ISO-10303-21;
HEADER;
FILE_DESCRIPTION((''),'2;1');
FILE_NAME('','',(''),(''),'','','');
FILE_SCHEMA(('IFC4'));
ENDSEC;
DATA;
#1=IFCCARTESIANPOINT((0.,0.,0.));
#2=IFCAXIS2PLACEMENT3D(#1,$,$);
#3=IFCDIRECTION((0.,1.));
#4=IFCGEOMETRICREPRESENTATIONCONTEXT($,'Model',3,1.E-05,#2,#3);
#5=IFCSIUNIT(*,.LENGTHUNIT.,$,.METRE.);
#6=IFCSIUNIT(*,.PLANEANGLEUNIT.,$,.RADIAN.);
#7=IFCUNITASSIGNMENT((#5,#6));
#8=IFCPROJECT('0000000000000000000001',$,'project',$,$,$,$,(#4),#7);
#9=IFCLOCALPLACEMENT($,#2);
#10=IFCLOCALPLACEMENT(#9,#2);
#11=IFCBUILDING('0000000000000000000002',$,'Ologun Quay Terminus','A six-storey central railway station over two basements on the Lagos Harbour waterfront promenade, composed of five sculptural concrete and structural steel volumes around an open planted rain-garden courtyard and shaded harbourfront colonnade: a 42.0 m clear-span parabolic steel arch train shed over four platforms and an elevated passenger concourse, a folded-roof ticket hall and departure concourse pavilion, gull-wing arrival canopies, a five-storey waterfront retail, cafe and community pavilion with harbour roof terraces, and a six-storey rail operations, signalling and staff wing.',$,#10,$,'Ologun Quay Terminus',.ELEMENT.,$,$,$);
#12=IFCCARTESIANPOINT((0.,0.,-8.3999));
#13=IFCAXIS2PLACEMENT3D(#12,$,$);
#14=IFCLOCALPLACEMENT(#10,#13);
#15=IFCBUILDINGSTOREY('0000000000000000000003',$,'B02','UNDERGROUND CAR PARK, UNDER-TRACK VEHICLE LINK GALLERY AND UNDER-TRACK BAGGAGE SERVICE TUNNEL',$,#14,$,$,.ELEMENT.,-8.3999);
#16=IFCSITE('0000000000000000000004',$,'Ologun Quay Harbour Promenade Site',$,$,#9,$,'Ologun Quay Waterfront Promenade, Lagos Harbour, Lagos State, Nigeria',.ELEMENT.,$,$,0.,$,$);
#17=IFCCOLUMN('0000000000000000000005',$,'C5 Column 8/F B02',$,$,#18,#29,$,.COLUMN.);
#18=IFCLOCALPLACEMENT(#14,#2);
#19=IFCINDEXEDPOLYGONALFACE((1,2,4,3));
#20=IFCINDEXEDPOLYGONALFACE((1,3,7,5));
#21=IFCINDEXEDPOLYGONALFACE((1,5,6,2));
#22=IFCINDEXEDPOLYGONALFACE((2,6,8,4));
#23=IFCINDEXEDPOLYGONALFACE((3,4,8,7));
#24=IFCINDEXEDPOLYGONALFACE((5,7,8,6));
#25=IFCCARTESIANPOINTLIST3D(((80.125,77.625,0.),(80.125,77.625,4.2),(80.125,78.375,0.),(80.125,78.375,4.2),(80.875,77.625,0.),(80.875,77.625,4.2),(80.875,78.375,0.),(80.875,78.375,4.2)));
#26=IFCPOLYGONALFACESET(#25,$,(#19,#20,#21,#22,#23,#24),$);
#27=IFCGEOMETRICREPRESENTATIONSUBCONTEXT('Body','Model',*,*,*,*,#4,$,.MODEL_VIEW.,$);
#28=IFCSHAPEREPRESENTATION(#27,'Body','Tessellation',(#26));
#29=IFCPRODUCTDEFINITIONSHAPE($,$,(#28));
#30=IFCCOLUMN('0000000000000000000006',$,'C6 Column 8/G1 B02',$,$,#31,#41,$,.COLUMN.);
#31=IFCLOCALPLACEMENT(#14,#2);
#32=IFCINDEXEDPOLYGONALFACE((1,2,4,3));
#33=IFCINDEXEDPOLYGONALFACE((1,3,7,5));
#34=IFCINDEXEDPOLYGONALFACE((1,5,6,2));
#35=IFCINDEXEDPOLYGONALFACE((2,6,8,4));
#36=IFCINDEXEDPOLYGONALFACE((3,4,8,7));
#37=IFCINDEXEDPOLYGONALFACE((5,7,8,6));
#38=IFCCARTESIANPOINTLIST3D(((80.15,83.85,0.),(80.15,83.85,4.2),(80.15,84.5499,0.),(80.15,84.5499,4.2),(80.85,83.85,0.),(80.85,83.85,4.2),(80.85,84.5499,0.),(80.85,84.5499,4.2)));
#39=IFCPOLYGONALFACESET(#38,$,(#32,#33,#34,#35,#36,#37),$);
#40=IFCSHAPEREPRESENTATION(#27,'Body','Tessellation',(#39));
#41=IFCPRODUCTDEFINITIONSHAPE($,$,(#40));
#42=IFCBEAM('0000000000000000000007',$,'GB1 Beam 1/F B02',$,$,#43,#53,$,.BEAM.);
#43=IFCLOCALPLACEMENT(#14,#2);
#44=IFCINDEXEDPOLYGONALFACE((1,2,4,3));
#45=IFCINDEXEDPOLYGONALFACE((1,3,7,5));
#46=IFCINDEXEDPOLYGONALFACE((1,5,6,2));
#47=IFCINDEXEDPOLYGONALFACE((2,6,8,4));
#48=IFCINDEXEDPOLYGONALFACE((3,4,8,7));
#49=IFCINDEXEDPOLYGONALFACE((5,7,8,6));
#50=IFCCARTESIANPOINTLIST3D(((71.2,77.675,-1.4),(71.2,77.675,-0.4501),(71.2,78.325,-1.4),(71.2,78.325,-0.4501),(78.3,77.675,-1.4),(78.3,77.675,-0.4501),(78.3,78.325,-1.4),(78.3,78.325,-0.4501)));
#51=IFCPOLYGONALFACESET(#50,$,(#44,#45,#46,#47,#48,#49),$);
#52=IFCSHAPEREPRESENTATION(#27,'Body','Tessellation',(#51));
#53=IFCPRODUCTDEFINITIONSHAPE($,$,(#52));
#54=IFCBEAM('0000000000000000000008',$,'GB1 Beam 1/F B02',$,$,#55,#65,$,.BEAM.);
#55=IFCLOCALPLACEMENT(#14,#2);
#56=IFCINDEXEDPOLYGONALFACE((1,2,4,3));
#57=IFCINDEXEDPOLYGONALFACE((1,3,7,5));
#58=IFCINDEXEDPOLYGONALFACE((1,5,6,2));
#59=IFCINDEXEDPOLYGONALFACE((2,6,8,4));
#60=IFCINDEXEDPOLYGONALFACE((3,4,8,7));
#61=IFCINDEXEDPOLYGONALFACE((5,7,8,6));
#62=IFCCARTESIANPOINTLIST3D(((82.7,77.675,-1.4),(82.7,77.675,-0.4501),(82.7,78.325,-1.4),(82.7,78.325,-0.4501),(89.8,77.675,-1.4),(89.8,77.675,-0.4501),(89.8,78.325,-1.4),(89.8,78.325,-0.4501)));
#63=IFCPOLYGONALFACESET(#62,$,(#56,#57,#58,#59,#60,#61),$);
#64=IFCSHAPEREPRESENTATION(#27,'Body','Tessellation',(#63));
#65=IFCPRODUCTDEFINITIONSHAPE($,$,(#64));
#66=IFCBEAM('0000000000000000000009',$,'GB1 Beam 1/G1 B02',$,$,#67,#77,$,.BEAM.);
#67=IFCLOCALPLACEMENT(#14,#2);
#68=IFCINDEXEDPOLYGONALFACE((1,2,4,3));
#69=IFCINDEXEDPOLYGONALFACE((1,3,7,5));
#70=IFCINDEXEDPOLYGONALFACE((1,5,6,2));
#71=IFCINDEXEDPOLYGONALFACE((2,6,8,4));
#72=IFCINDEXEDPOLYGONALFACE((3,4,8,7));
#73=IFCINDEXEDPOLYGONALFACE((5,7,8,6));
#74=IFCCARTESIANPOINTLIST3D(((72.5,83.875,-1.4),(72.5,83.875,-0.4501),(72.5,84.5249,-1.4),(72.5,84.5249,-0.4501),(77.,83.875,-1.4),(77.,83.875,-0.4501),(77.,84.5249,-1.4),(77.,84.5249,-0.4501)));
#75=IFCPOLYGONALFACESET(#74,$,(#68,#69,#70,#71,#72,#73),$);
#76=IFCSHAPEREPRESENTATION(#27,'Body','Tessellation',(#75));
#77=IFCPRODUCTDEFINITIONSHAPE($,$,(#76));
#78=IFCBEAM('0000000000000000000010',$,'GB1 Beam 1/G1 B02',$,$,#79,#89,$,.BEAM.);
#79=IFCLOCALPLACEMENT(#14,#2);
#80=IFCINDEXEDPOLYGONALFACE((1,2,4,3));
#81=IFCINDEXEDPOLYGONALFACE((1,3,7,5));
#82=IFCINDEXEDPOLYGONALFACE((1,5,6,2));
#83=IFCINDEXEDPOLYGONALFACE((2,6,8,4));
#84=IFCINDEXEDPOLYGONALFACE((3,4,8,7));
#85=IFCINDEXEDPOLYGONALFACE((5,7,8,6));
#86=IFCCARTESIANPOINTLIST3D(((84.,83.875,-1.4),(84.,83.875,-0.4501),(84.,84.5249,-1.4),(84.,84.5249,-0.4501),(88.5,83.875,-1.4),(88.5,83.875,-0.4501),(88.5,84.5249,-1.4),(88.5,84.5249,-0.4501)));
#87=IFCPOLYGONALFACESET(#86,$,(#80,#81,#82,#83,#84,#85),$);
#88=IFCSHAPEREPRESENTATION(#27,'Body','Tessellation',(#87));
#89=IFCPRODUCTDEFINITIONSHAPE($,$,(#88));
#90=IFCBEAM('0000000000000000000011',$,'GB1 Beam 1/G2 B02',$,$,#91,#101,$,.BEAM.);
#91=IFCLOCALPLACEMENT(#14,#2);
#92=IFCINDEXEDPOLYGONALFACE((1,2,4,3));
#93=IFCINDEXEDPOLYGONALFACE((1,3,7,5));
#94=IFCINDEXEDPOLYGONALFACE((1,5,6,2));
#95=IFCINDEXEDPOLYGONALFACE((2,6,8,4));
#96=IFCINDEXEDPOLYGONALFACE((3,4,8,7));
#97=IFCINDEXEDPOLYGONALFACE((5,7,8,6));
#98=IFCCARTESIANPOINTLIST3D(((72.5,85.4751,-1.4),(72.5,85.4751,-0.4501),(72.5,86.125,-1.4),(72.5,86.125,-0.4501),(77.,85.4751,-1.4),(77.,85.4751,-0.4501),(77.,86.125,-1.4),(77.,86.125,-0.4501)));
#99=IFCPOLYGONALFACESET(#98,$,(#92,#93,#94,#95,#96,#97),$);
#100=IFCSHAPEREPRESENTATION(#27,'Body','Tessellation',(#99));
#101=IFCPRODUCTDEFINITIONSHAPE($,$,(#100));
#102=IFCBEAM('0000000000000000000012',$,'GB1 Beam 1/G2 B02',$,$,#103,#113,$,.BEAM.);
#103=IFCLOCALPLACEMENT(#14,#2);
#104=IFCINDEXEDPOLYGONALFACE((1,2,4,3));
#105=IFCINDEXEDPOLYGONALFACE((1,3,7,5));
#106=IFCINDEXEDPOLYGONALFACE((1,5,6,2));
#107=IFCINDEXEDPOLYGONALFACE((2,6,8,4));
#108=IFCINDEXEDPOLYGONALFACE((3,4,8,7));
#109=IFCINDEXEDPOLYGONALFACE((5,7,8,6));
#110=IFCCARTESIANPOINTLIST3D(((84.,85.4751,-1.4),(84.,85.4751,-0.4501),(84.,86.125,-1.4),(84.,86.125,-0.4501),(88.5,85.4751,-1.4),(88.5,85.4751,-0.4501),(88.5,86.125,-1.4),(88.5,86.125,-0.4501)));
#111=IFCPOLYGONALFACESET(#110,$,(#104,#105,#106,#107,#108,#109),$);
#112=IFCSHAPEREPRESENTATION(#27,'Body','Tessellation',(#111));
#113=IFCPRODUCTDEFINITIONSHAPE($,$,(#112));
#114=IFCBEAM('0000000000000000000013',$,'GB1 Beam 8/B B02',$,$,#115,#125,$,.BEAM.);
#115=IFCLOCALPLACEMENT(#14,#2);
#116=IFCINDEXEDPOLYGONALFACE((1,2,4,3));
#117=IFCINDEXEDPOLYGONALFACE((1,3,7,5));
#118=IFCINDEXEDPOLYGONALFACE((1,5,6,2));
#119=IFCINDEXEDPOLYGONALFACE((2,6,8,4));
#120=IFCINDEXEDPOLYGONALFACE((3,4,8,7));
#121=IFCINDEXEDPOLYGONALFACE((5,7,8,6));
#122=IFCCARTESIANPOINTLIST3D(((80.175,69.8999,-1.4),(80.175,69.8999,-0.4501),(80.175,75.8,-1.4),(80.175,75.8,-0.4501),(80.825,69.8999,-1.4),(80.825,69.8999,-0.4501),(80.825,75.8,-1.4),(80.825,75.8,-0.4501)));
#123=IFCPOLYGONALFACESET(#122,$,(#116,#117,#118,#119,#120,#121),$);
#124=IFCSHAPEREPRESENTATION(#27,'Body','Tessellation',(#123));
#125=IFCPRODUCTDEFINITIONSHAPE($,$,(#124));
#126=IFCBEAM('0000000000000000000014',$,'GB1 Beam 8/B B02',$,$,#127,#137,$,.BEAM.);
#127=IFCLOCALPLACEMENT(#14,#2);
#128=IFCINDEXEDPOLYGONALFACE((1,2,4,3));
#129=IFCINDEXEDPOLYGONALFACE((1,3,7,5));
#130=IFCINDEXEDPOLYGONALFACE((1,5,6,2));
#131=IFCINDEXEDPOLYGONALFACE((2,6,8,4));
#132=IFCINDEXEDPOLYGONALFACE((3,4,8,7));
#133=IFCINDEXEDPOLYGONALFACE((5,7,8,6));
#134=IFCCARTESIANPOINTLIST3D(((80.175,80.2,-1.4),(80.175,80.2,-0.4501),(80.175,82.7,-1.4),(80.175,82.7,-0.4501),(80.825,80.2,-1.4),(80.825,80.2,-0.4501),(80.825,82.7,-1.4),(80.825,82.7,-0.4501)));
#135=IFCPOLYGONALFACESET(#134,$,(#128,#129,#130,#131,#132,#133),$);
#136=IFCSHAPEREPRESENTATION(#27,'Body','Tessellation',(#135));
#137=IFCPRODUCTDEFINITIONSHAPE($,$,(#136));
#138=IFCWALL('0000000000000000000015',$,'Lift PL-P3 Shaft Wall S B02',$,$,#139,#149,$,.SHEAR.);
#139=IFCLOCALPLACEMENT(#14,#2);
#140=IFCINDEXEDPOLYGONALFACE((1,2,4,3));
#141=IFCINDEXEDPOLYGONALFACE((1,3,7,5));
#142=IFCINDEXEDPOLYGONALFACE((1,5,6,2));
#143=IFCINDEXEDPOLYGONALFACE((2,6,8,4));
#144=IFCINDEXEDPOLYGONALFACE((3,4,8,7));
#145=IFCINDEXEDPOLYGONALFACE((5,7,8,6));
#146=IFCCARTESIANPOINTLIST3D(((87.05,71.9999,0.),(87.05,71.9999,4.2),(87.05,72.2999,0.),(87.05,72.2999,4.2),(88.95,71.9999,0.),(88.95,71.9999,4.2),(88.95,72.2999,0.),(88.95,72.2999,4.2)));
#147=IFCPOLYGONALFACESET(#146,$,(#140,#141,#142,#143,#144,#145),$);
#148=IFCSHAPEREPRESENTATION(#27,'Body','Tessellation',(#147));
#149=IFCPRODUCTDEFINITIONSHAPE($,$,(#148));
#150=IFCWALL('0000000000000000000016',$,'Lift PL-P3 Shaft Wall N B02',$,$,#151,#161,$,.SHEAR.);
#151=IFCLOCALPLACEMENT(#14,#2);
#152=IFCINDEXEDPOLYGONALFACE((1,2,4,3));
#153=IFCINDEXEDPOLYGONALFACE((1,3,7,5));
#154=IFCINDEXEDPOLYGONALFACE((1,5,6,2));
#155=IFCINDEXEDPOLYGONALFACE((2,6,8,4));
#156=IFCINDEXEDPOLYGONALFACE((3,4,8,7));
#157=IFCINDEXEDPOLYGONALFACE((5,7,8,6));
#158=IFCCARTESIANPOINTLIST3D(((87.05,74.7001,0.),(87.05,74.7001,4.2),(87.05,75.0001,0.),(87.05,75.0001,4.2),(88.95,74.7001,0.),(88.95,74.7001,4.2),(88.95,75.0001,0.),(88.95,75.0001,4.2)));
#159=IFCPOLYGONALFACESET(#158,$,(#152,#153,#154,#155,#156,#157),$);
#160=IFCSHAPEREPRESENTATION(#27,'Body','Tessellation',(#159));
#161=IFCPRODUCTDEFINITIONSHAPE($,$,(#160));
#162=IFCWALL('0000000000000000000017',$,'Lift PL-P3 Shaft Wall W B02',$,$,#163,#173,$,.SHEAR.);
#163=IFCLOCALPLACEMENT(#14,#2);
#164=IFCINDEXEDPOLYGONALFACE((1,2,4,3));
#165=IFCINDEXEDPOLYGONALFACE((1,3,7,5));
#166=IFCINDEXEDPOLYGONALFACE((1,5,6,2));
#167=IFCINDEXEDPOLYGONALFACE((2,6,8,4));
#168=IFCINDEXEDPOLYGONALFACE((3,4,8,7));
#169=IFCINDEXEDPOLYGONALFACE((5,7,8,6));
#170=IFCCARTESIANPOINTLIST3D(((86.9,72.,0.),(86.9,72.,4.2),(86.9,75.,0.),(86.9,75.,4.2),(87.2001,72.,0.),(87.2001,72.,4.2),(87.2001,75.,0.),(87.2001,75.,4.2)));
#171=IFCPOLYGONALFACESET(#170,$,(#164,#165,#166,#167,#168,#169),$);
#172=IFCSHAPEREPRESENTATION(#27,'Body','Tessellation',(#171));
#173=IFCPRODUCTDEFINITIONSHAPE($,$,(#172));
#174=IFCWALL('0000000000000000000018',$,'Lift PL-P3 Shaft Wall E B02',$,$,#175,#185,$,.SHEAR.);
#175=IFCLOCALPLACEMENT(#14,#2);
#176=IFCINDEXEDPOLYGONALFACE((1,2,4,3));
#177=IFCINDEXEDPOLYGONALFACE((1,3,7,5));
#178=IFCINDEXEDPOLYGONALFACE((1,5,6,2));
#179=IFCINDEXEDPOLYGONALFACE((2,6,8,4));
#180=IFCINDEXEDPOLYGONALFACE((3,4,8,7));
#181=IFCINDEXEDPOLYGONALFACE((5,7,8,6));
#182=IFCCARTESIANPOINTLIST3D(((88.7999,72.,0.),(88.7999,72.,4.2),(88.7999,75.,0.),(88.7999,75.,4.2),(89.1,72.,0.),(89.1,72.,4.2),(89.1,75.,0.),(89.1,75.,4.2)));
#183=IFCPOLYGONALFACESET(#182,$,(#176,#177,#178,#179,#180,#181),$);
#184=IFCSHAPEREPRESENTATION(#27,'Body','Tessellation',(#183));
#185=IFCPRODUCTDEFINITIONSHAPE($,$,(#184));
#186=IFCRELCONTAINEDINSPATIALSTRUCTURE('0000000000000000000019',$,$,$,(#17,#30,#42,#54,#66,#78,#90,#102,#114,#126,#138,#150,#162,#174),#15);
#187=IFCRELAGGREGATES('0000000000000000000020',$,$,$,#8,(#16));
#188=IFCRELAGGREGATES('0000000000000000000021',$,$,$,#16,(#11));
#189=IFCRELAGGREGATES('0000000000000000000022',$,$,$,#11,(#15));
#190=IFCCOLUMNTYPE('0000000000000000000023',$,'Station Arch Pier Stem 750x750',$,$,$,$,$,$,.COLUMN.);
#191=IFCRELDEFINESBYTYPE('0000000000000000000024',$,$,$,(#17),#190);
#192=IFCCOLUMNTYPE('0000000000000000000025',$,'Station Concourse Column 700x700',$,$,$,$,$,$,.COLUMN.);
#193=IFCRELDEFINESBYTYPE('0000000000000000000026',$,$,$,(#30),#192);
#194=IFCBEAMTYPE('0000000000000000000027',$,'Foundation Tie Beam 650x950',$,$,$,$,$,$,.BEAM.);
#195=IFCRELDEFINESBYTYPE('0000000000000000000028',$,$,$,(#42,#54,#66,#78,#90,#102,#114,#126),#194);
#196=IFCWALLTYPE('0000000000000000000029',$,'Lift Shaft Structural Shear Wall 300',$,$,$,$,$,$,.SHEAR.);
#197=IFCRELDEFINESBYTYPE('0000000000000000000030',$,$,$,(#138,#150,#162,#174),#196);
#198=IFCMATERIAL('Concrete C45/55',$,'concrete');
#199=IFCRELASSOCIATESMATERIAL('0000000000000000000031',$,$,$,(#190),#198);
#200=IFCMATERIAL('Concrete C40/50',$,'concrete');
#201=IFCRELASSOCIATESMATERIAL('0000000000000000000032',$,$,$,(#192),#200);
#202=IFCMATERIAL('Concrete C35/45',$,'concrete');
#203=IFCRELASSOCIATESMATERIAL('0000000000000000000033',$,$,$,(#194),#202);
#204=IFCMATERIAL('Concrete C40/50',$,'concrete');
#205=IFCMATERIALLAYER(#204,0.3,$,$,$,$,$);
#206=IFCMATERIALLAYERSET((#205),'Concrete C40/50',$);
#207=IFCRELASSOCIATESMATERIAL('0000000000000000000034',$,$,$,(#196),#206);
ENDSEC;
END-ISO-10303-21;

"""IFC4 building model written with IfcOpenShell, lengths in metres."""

from ifc_helpers import new_model, si_unit, direction, frame, frame_2d, origin, origin_2d, place, context, subcontext, project, spatial, rectangle, extrude, material, layer, layer_set, material_profile, profile_set, type_object, element, save


model = new_model("IFC4")

# Units and contexts
model_context = context("Model", 3, precision=1e-05, world=origin(), true_north=direction((0.0, 1.0)))
body_context = subcontext(model_context, "Body", "Model", "MODEL_VIEW")
ifc_project = project(units=[si_unit("LENGTHUNIT", "METRE"), si_unit("PLANEANGLEUNIT", "RADIAN")], contexts=[model_context])

# Site, building, storey
site_placement = place(None, origin())
site = spatial("IfcSite", under=ifc_project, at=site_placement, Name="Ologun Quay Harbour Promenade Site", LongName="Ologun Quay Waterfront Promenade, Lagos Harbour, Lagos State, Nigeria", CompositionType="ELEMENT", RefElevation=0.0)
building_placement = place(site_placement, origin())
building = spatial("IfcBuilding", under=site, at=building_placement, Name="Ologun Quay Terminus", Description="A six-storey central railway station over two basements on the Lagos Harbour waterfront promenade, composed of five sculptural concrete and structural steel volumes around an open planted rain-garden courtyard and shaded harbourfront colonnade: a 42.0 m clear-span parabolic steel arch train shed over four platforms and an elevated passenger concourse, a folded-roof ticket hall and departure concourse pavilion, gull-wing arrival canopies, a five-storey waterfront retail, cafe and community pavilion with harbour roof terraces, and a six-storey rail operations, signalling and staff wing.", LongName="Ologun Quay Terminus", CompositionType="ELEMENT")
storey_placement = place(building_placement, frame((0.0, 0.0, -8.3999)))
storey = spatial("IfcBuildingStorey", under=building, at=storey_placement, Name="B02", Description="UNDERGROUND CAR PARK, UNDER-TRACK VEHICLE LINK GALLERY AND UNDER-TRACK BAGGAGE SERVICE TUNNEL", CompositionType="ELEMENT", Elevation=-8.3999)

# Columns
ifc_material_1 = material(Name="Concrete C45/55", Category="concrete")
ifc_material_profile_1 = material_profile(ifc_material_1, rectangle(XDim=0.75, YDim=0.75, at=origin_2d()), Name="RC 750x750")
ifc_profile_set_1 = profile_set([ifc_material_profile_1], Name="Concrete C45/55")
column_type_1 = type_object("IfcColumnType", Name="Station Arch Pier Stem 750x750", PredefinedType="COLUMN", material=ifc_profile_set_1)
column_1_placement = place(storey_placement, frame((80.5, 78.0, 0.0), z_axis=(0.0, 0.0, 1.0), x_axis=(1.0, 0.0, 0.0)))
element("IfcColumn", 1, at=column_1_placement, inside=storey, type_object=column_type_1, Name="C5 Column 8/F B02", PredefinedType="COLUMN", context=body_context, shape_type="SweptSolid", body=[
    extrude(rectangle(XDim=0.75, YDim=0.75, at=origin_2d()), origin(), (0.0, 0.0, 1.0), 4.2),
])
ifc_material_2 = material(Name="Concrete C40/50", Category="concrete")
ifc_material_profile_2 = material_profile(ifc_material_2, rectangle(XDim=0.7, YDim=0.7, at=origin_2d()), Name="RC 700x700")
ifc_profile_set_2 = profile_set([ifc_material_profile_2], Name="Concrete C40/50")
column_type_2 = type_object("IfcColumnType", Name="Station Concourse Column 700x700", PredefinedType="COLUMN", material=ifc_profile_set_2)
column_2_placement = place(storey_placement, frame((80.5, 84.2, 0.0), z_axis=(0.0, 0.0, 1.0), x_axis=(1.0, 0.0, 0.0)))
element("IfcColumn", 2, at=column_2_placement, inside=storey, type_object=column_type_2, Name="C6 Column 8/G1 B02", PredefinedType="COLUMN", context=body_context, shape_type="SweptSolid", body=[
    extrude(rectangle(XDim=0.7, YDim=0.7, at=origin_2d()), origin(), (0.0, 0.0, 1.0), 4.2),
])

# Beams
ifc_material_3 = material(Name="Concrete C35/45", Category="concrete")
ifc_material_profile_3 = material_profile(ifc_material_3, rectangle(XDim=0.6499, YDim=0.95, at=origin_2d()), Name="RC 650x950")
ifc_profile_set_3 = profile_set([ifc_material_profile_3], Name="Concrete C35/45")
beam_type = type_object("IfcBeamType", Name="Foundation Tie Beam 650x950", PredefinedType="BEAM", material=ifc_profile_set_3)
for number, where, z_axis, x_axis, name in (
    (3, (71.2, 78.0, -0.925), (1.0, 0.0, 0.0), (0.0, 1.0, 0.0), "GB1 Beam 1/F B02"),
    (4, (82.7, 78.0, -0.925), (1.0, 0.0, 0.0), (0.0, 1.0, 0.0), "GB1 Beam 1/F B02"),
):
    element("IfcBeam", number, at=place(storey_placement, frame(where, z_axis=z_axis, x_axis=x_axis)), inside=storey, type_object=beam_type, Name=name, PredefinedType="BEAM", context=body_context, shape_type="SweptSolid", body=[
        extrude(rectangle(XDim=0.6499, YDim=0.95, at=origin_2d()), origin(), (0.0, 0.0, 1.0), 7.1001),
    ])
for number, where, z_axis, x_axis, name in (
    (5, (72.5, 84.2, -0.925), (1.0, 0.0, 0.0), (0.0, 1.0, 0.0), "GB1 Beam 1/G1 B02"),
    (6, (84.0, 84.2, -0.925), (1.0, 0.0, 0.0), (0.0, 1.0, 0.0), "GB1 Beam 1/G1 B02"),
    (7, (72.5, 85.8, -0.925), (1.0, 0.0, 0.0), (0.0, 1.0, 0.0), "GB1 Beam 1/G2 B02"),
    (8, (84.0, 85.8, -0.925), (1.0, 0.0, 0.0), (0.0, 1.0, 0.0), "GB1 Beam 1/G2 B02"),
):
    element("IfcBeam", number, at=place(storey_placement, frame(where, z_axis=z_axis, x_axis=x_axis)), inside=storey, type_object=beam_type, Name=name, PredefinedType="BEAM", context=body_context, shape_type="SweptSolid", body=[
        extrude(rectangle(XDim=0.6499, YDim=0.95, at=origin_2d()), origin(), (0.0, 0.0, 1.0), 4.5),
    ])
beam_1_placement = place(storey_placement, frame((80.5, 69.8999, -0.925), z_axis=(0.0, 1.0, 0.0), x_axis=(-1.0, 0.0, 0.0)))
element("IfcBeam", 9, at=beam_1_placement, inside=storey, type_object=beam_type, Name="GB1 Beam 8/B B02", PredefinedType="BEAM", context=body_context, shape_type="SweptSolid", body=[
    extrude(rectangle(XDim=0.6499, YDim=0.95, at=origin_2d()), origin(), (0.0, 0.0, 1.0), 5.9001),
])
beam_2_placement = place(storey_placement, frame((80.5, 80.2, -0.925), z_axis=(0.0, 1.0, 0.0), x_axis=(-1.0, 0.0, 0.0)))
element("IfcBeam", 10, at=beam_2_placement, inside=storey, type_object=beam_type, Name="GB1 Beam 8/B B02", PredefinedType="BEAM", context=body_context, shape_type="SweptSolid", body=[
    extrude(rectangle(XDim=0.6499, YDim=0.95, at=origin_2d()), origin(), (0.0, 0.0, 1.0), 2.5),
])

# Walls
ifc_material_4 = material(Name="Concrete C40/50", Category="concrete")
ifc_layer = layer(ifc_material_4, 0.3)
ifc_layer_set = layer_set([ifc_layer], Name="Concrete C40/50")
wall_type = type_object("IfcWallType", Name="Lift Shaft Structural Shear Wall 300", PredefinedType="SHEAR", material=ifc_layer_set)
for number, where, z_axis, x_axis, name in (
    (11, (87.05, 72.1499, 0.0), (0.0, 0.0, 1.0), (1.0, 0.0, 0.0), "Lift PL-P3 Shaft Wall S B02"),
    (12, (87.05, 74.8501, 0.0), (0.0, 0.0, 1.0), (1.0, 0.0, 0.0), "Lift PL-P3 Shaft Wall N B02"),
):
    element("IfcWall", number, at=place(storey_placement, frame(where, z_axis=z_axis, x_axis=x_axis)), inside=storey, type_object=wall_type, Name=name, PredefinedType="SHEAR", context=body_context, shape_type="SweptSolid", body=[
        extrude(rectangle(XDim=1.8999, YDim=0.3, at=frame_2d((0.95, 0.0))), origin(), (0.0, 0.0, 1.0), 4.2),
    ])
for number, where, z_axis, x_axis, name in (
    (13, (87.05, 72.0, 0.0), (0.0, 0.0, 1.0), (0.0, 1.0, 0.0), "Lift PL-P3 Shaft Wall W B02"),
    (14, (88.95, 72.0, 0.0), (0.0, 0.0, 1.0), (0.0, 1.0, 0.0), "Lift PL-P3 Shaft Wall E B02"),
):
    element("IfcWall", number, at=place(storey_placement, frame(where, z_axis=z_axis, x_axis=x_axis)), inside=storey, type_object=wall_type, Name=name, PredefinedType="SHEAR", context=body_context, shape_type="SweptSolid", body=[
        extrude(rectangle(XDim=3.0, YDim=0.3, at=frame_2d((1.5, 0.0))), origin(), (0.0, 0.0, 1.0), 4.2),
    ])

save(model, "model.ifc")
